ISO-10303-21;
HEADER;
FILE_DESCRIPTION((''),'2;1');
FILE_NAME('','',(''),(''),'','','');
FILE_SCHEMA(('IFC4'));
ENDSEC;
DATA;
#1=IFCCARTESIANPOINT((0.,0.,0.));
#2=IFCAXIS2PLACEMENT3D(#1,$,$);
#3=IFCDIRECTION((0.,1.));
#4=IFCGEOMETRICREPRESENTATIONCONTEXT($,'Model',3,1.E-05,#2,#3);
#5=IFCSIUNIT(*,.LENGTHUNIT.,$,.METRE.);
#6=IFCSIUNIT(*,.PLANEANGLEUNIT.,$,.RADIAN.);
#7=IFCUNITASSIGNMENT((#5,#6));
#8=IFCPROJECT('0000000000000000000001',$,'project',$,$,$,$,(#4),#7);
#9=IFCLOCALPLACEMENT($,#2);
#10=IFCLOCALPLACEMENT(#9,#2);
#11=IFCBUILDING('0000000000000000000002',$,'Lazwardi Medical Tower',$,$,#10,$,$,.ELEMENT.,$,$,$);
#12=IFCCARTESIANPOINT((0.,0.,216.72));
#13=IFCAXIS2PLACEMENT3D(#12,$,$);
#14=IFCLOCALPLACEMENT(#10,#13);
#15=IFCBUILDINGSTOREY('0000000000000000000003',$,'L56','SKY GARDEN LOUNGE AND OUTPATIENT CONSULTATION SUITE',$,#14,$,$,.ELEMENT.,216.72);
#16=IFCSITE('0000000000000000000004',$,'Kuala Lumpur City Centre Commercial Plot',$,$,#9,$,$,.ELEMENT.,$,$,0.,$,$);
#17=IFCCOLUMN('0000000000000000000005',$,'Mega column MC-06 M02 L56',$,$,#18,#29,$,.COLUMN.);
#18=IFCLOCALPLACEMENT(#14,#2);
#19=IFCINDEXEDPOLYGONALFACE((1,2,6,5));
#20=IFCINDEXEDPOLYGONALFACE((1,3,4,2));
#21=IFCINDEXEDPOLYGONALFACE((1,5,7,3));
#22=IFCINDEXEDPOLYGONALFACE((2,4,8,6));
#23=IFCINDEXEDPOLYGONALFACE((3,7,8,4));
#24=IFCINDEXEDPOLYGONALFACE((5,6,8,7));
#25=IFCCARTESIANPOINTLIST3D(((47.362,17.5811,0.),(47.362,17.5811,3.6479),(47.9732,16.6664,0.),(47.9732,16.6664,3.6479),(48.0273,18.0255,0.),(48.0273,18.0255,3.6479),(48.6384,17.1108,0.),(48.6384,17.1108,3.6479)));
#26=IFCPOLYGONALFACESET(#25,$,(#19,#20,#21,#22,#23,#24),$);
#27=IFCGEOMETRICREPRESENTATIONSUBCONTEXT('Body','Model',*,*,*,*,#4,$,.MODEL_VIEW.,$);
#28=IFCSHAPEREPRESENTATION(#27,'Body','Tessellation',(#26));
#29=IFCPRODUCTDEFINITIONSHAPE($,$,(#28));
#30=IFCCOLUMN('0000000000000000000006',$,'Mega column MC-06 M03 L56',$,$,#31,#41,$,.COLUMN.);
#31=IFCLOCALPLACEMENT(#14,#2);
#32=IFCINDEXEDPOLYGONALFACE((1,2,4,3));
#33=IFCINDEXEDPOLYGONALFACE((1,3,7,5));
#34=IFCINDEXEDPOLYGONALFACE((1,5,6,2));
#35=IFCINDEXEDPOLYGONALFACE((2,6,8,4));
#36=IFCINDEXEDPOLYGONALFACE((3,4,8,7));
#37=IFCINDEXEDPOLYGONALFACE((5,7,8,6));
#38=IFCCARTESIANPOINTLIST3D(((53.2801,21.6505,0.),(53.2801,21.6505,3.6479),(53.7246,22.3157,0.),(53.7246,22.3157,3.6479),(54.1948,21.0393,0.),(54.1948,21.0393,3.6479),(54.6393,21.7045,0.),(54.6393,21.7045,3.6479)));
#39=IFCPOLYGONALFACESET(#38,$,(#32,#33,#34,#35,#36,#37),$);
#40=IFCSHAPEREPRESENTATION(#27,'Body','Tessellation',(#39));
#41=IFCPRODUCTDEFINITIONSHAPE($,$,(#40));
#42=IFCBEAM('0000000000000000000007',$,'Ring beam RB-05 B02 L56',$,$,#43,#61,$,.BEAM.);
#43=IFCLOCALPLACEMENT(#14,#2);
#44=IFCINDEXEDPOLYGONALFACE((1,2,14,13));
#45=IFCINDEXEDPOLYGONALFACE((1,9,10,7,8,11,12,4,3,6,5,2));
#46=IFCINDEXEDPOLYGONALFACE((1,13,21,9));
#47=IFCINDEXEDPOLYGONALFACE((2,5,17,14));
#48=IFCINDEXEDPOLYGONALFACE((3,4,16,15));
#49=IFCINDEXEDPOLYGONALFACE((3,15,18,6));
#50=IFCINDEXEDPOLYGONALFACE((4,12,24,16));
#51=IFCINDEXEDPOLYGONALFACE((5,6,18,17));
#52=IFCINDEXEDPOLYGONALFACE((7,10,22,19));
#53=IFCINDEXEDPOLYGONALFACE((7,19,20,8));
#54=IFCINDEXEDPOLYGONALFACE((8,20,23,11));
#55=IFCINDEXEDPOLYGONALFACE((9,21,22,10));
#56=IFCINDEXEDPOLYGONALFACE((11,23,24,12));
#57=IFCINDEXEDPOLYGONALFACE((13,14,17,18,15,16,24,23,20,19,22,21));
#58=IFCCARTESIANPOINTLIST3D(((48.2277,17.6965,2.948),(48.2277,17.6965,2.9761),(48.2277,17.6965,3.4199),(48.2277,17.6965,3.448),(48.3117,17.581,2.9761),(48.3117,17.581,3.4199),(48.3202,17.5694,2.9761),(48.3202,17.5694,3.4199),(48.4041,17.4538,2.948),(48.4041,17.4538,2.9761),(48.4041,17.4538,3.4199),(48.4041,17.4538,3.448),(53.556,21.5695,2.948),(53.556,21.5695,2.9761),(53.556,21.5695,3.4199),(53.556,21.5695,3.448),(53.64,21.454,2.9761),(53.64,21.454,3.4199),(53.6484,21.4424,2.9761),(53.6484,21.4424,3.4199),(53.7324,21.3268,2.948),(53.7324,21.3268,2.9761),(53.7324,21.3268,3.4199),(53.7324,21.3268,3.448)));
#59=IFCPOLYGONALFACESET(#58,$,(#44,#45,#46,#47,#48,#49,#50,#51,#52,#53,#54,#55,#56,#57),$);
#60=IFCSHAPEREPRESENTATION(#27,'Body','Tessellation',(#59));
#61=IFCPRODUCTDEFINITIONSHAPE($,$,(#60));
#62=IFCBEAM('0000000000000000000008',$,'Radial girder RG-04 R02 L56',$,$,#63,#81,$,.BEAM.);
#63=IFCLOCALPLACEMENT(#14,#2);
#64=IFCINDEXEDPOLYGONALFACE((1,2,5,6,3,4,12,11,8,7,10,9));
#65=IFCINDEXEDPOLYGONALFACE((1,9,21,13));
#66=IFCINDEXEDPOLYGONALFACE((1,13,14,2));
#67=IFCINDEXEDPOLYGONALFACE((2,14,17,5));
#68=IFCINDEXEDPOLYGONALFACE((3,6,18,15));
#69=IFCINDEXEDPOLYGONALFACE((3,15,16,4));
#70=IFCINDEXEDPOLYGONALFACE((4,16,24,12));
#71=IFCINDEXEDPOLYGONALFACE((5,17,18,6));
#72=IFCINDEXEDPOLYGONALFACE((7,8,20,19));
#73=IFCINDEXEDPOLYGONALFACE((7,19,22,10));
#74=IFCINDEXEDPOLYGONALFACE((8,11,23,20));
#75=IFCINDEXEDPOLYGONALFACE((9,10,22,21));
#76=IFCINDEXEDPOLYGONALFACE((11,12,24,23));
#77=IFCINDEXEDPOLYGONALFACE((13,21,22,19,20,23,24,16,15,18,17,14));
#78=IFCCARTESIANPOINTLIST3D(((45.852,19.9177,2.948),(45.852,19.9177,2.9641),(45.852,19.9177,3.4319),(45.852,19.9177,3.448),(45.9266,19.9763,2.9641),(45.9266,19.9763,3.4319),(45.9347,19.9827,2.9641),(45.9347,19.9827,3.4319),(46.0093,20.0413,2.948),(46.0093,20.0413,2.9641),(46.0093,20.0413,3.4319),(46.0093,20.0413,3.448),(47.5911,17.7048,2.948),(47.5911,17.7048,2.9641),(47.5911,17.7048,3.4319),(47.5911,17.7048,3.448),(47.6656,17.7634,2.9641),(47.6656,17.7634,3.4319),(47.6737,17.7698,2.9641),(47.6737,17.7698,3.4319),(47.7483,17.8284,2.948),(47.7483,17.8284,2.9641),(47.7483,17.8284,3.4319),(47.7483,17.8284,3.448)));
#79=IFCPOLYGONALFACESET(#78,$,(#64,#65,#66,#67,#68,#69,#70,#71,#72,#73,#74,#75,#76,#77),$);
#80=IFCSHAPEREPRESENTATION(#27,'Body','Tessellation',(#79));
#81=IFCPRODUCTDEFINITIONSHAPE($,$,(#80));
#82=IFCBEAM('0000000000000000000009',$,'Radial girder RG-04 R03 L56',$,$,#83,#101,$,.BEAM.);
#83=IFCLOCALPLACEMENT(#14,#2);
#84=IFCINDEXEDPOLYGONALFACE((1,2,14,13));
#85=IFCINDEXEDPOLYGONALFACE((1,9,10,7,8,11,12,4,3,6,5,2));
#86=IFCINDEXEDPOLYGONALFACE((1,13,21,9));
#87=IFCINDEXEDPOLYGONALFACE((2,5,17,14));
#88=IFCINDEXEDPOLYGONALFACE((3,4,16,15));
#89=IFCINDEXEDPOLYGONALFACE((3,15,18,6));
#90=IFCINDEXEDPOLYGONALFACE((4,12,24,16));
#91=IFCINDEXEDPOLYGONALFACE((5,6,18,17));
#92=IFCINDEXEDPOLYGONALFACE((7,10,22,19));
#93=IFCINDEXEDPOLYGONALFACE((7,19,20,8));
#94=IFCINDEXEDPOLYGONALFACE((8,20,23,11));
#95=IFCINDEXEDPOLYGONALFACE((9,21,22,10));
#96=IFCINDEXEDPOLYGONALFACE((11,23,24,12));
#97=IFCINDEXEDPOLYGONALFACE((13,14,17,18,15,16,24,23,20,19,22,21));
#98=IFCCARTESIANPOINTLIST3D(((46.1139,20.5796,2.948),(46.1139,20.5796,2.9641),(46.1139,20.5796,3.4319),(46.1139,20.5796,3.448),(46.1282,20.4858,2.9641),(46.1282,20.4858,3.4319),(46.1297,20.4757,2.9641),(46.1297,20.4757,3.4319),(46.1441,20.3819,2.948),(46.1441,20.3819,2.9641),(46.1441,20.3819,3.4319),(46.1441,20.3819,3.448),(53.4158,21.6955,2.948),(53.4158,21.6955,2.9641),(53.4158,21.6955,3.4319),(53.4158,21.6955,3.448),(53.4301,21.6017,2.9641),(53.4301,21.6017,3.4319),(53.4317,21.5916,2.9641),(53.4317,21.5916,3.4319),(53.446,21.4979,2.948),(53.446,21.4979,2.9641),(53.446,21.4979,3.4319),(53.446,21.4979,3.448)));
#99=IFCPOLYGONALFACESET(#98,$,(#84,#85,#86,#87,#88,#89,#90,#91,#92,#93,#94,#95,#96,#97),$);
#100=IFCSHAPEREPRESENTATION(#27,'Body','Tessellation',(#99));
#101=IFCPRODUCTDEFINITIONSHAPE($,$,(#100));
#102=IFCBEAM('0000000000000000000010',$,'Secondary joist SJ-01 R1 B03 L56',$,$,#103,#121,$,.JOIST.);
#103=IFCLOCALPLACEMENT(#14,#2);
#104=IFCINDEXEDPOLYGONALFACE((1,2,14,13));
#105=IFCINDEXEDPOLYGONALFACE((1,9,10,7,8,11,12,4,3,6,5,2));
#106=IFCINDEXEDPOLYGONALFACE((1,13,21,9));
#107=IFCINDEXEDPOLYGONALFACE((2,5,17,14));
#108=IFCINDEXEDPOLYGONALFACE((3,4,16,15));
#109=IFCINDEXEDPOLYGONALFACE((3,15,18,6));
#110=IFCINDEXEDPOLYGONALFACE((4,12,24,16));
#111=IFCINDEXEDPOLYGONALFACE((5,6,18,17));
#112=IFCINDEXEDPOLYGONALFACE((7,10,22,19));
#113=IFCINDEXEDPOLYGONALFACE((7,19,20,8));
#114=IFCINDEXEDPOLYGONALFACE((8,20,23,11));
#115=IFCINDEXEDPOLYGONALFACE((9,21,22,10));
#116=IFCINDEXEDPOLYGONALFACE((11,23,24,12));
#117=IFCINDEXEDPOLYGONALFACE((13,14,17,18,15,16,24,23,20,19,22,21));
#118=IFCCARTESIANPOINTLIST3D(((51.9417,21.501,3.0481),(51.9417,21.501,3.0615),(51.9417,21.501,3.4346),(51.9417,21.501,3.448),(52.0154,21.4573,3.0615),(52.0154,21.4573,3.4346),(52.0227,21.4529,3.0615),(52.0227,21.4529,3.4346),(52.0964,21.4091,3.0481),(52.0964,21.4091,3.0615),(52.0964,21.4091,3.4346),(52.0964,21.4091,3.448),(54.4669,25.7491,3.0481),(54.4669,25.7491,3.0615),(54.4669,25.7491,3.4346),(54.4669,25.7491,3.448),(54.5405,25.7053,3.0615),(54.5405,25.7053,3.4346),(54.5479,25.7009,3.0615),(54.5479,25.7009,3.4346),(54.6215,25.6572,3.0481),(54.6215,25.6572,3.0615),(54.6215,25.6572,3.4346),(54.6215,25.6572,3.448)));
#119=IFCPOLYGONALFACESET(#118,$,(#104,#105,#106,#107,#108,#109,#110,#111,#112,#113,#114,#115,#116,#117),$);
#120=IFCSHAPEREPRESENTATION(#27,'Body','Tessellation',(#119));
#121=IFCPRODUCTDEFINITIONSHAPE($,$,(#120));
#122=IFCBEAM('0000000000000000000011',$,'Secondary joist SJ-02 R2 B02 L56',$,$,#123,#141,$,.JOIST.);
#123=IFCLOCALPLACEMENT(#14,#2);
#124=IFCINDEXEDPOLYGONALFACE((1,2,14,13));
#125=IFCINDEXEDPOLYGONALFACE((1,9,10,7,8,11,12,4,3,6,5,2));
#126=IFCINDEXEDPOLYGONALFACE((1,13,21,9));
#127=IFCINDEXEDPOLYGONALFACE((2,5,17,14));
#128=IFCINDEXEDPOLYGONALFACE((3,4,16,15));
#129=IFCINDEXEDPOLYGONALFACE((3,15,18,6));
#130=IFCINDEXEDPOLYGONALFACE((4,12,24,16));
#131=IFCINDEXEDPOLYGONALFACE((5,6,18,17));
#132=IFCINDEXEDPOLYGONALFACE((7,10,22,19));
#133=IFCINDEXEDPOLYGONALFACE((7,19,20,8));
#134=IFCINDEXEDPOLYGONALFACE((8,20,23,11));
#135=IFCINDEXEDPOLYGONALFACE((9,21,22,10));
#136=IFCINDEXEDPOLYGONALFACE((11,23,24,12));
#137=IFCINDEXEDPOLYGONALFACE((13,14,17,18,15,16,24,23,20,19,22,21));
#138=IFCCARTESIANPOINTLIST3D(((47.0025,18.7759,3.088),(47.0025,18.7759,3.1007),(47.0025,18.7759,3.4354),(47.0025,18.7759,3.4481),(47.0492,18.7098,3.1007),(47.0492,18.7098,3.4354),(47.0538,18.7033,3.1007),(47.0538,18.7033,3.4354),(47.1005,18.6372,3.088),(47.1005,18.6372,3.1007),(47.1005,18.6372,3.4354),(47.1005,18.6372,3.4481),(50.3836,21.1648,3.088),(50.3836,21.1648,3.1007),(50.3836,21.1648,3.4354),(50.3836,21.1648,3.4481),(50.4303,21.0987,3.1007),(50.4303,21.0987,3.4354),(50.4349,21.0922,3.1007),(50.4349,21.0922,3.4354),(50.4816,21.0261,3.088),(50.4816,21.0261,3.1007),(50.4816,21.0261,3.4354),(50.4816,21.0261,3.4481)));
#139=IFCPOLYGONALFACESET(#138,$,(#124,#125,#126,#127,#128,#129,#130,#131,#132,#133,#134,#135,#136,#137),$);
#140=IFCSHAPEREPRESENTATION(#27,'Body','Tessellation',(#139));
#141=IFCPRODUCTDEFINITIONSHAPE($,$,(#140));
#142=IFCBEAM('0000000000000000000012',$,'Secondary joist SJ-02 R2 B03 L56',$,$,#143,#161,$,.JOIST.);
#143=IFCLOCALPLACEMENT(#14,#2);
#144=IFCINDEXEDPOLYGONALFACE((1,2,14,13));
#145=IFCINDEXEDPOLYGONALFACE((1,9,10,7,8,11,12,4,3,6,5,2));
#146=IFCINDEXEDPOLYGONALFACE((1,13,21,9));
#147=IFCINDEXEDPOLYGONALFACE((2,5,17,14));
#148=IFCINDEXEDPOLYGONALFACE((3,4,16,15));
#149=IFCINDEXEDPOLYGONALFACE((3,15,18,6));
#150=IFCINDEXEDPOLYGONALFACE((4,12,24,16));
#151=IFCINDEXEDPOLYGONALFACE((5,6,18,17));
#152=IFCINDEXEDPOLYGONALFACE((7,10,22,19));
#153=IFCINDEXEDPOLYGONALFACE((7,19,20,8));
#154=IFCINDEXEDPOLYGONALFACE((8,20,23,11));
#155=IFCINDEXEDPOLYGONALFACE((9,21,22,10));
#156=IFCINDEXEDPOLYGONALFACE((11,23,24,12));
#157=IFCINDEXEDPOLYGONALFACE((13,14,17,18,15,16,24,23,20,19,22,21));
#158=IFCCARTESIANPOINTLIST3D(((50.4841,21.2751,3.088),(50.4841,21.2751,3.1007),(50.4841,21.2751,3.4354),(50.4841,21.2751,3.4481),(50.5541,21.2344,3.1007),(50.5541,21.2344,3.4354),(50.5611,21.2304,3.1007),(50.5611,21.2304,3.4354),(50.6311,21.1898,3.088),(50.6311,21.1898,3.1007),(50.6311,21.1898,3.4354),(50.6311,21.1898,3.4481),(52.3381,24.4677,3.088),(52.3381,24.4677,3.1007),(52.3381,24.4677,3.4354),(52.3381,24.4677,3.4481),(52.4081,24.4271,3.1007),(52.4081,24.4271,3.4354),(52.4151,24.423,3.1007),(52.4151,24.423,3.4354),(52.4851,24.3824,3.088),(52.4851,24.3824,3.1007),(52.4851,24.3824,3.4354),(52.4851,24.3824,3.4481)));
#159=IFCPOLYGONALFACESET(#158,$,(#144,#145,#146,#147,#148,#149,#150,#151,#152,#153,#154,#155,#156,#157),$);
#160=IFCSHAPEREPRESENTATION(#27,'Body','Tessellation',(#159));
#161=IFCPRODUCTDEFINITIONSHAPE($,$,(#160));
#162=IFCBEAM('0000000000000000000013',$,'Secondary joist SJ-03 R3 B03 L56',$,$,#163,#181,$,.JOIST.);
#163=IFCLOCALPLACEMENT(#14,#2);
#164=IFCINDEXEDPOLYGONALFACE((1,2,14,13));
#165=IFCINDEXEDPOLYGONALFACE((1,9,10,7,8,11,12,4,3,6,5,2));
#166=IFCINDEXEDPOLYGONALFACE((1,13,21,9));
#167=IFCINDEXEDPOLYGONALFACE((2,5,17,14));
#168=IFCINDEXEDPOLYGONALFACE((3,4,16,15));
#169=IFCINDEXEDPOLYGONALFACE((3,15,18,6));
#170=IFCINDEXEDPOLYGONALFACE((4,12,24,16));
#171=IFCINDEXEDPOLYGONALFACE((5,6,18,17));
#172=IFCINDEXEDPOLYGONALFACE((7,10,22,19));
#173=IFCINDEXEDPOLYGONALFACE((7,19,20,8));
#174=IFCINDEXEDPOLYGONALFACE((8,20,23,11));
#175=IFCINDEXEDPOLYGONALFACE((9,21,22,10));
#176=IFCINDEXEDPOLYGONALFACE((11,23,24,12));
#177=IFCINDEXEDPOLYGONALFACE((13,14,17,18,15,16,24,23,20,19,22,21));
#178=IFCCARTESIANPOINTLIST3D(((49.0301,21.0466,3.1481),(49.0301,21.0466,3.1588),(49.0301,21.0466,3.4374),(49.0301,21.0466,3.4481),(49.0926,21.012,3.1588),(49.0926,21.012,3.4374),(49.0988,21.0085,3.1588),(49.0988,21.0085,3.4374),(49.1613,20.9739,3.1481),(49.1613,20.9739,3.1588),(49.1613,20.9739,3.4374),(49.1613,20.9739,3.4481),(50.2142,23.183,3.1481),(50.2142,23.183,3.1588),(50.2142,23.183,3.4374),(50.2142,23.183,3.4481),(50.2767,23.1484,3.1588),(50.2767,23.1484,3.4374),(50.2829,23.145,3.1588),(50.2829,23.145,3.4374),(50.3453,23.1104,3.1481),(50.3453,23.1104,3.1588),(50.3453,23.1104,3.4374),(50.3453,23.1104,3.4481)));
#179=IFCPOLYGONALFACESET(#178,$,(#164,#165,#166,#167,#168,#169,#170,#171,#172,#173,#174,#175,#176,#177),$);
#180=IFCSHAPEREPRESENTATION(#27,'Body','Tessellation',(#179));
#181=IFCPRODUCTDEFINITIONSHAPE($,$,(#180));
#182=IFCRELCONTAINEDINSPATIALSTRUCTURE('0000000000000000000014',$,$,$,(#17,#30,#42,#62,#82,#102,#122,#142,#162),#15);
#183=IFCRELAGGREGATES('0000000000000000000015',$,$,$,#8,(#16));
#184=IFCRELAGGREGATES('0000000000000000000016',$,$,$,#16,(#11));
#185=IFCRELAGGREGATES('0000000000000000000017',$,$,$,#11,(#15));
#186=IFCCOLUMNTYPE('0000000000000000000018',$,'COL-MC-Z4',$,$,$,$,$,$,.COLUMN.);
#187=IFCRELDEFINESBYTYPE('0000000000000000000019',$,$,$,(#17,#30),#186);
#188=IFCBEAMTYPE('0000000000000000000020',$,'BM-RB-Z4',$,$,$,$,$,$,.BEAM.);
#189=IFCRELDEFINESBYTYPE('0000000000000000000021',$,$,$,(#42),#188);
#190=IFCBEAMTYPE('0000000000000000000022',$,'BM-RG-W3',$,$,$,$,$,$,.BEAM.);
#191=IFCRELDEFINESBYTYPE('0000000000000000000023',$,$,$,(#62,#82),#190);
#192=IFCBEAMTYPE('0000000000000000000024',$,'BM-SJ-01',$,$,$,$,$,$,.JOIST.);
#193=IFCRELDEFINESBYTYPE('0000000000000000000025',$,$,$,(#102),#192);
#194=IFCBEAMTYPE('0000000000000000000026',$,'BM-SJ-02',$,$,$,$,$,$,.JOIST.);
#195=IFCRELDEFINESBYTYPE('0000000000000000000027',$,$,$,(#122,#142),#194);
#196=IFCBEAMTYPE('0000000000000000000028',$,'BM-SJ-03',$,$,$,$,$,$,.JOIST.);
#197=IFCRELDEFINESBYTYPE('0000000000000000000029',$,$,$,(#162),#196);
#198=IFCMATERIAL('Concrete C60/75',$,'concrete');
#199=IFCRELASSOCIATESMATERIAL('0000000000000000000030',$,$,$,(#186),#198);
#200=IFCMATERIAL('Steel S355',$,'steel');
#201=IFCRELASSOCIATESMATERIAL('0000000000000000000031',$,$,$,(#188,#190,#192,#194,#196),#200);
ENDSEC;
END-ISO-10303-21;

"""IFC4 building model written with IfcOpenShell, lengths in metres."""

from ifc_helpers import new_model, si_unit, direction, frame, origin, origin_2d, place, context, subcontext, project, spatial, rectangle, i_section, extrude, material, material_profile, profile_set, type_object, element, save


model = new_model("IFC4")

# Units and contexts
model_context = context("Model", 3, precision=1e-05, world=origin(), true_north=direction((0.0, 1.0)))
body_context = subcontext(model_context, "Body", "Model", "MODEL_VIEW")
ifc_project = project(units=[si_unit("LENGTHUNIT", "METRE"), si_unit("PLANEANGLEUNIT", "RADIAN")], contexts=[model_context])

# Site, building, storey
site_placement = place(None, origin())
site = spatial("IfcSite", under=ifc_project, at=site_placement, Name="Kuala Lumpur City Centre Commercial Plot", CompositionType="ELEMENT", RefElevation=0.0)
building_placement = place(site_placement, origin())
building = spatial("IfcBuilding", under=site, at=building_placement, Name="Lazwardi Medical Tower", CompositionType="ELEMENT")
storey_placement = place(building_placement, frame((0.0, 0.0, 216.72)))
storey = spatial("IfcBuildingStorey", under=building, at=storey_placement, Name="L56", Description="SKY GARDEN LOUNGE AND OUTPATIENT CONSULTATION SUITE", CompositionType="ELEMENT", Elevation=216.72)

# Columns
ifc_material_1 = material(Name="Concrete C60/75", Category="concrete")
ifc_material_profile_1 = material_profile(ifc_material_1, rectangle(XDim=1.1001, YDim=0.8, at=origin_2d()), Name="CFT-RECT 1100x800")
ifc_profile_set_1 = profile_set([ifc_material_profile_1], Name="Concrete C60/75")
column_type = type_object("IfcColumnType", Name="COL-MC-Z4", PredefinedType="COLUMN", material=ifc_profile_set_1)
for number, where, z_axis, x_axis, name in (
    (1, (48.0002, 17.3459, 0.0), (0.0, 0.0, 1.0), (0.55557, -0.83147, 0.0), "Mega column MC-06 M02 L56"),
    (2, (53.9597, 21.6775, 0.0), (0.0, 0.0, 1.0), (0.83147, -0.55557, 0.0), "Mega column MC-06 M03 L56"),
):
    element("IfcColumn", number, at=place(storey_placement, frame(where, z_axis=z_axis, x_axis=x_axis)), inside=storey, type_object=column_type, Name=name, PredefinedType="COLUMN", context=body_context, shape_type="SweptSolid", body=[
        extrude(rectangle(XDim=1.1001, YDim=0.8, at=origin_2d()), origin(), (0.0, 0.0, 1.0), 3.6479),
    ])

# Beams
ifc_material_2 = material(Name="Steel S355", Category="steel")
ifc_material_profile_2 = material_profile(ifc_material_2, i_section(OverallWidth=0.3, OverallDepth=0.5, WebThickness=0.0144, FlangeThickness=0.0281, at=origin_2d()), Name="HEB 500")
ifc_profile_set_2 = profile_set([ifc_material_profile_2], Name="Steel S355")
beam_type_1 = type_object("IfcBeamType", Name="BM-RB-Z4", PredefinedType="BEAM", material=ifc_profile_set_2)
beam_1_placement = place(storey_placement, frame((48.3159, 17.5752, 3.198), z_axis=(0.80889, 0.58796, 0.0), x_axis=(-0.58796, 0.80889, 0.0)))
element("IfcBeam", 3, at=beam_1_placement, inside=storey, type_object=beam_type_1, Name="Ring beam RB-05 B02 L56", PredefinedType="BEAM", context=body_context, shape_type="SweptSolid", body=[
    extrude(i_section(OverallWidth=0.3, OverallDepth=0.5, WebThickness=0.0144, FlangeThickness=0.0281, at=origin_2d()), origin(), (0.0, 0.0, 1.0), 6.5872),
])
ifc_material_profile_3 = material_profile(ifc_material_2, i_section(OverallWidth=0.2, OverallDepth=0.5, WebThickness=0.0103, FlangeThickness=0.0161, at=origin_2d()), Name="IPE 500")
ifc_profile_set_3 = profile_set([ifc_material_profile_3], Name="Steel S355")
beam_type_2 = type_object("IfcBeamType", Name="BM-RG-W3", PredefinedType="BEAM", material=ifc_profile_set_3)
beam_2_placement = place(storey_placement, frame((47.6697, 17.7666, 3.198), z_axis=(-0.617891, 0.786264, 0.0), x_axis=(-0.786264, -0.617891, 0.0)))
element("IfcBeam", 4, at=beam_2_placement, inside=storey, type_object=beam_type_2, Name="Radial girder RG-04 R02 L56", PredefinedType="BEAM", context=body_context, shape_type="SweptSolid", body=[
    extrude(i_section(OverallWidth=0.2, OverallDepth=0.5, WebThickness=0.0103, FlangeThickness=0.0161, at=origin_2d()), origin(), (0.0, 0.0, 1.0), 2.8145),
])
beam_3_placement = place(storey_placement, frame((53.4309, 21.5967, 3.198), z_axis=(-0.988522, -0.151076, 0.0), x_axis=(0.151076, -0.988522, 0.0)))
element("IfcBeam", 5, at=beam_3_placement, inside=storey, type_object=beam_type_2, Name="Radial girder RG-04 R03 L56", PredefinedType="BEAM", context=body_context, shape_type="SweptSolid", body=[
    extrude(i_section(OverallWidth=0.2, OverallDepth=0.5, WebThickness=0.0103, FlangeThickness=0.0161, at=origin_2d()), origin(), (0.0, 0.0, 1.0), 7.3867),
])
ifc_material_profile_4 = material_profile(ifc_material_2, i_section(OverallWidth=0.1799, OverallDepth=0.3999, WebThickness=0.0085, FlangeThickness=0.0134, at=origin_2d()), Name="IPE 400")
ifc_profile_set_4 = profile_set([ifc_material_profile_4], Name="Steel S355")
beam_type_3 = type_object("IfcBeamType", Name="BM-SJ-01", PredefinedType="JOIST", material=ifc_profile_set_4)
beam_4_placement = place(storey_placement, frame((52.019, 21.4551, 3.248), z_axis=(0.510968, 0.8596, 0.0), x_axis=(-0.8596, 0.510968, 0.0)))
element("IfcBeam", 6, at=beam_4_placement, inside=storey, type_object=beam_type_3, Name="Secondary joist SJ-01 R1 B03 L56", PredefinedType="JOIST", context=body_context, shape_type="SweptSolid", body=[
    extrude(i_section(OverallWidth=0.1799, OverallDepth=0.3999, WebThickness=0.0085, FlangeThickness=0.0134, at=origin_2d()), origin(), (0.0, 0.0, 1.0), 4.9419),
])
ifc_material_profile_5 = material_profile(ifc_material_2, i_section(OverallWidth=0.1699, OverallDepth=0.3601, WebThickness=0.0081, FlangeThickness=0.0127, at=origin_2d()), Name="IPE 360")
ifc_profile_set_5 = profile_set([ifc_material_profile_5], Name="Steel S355")
beam_type_4 = type_object("IfcBeamType", Name="BM-SJ-02", PredefinedType="JOIST", material=ifc_profile_set_5)
beam_5_placement = place(storey_placement, frame((47.0515, 18.7065, 3.2681), z_axis=(0.816711, 0.577047, 0.0), x_axis=(-0.577047, 0.816711, 0.0)))
element("IfcBeam", 7, at=beam_5_placement, inside=storey, type_object=beam_type_4, Name="Secondary joist SJ-02 R2 B02 L56", PredefinedType="JOIST", context=body_context, shape_type="SweptSolid", body=[
    extrude(i_section(OverallWidth=0.1699, OverallDepth=0.3601, WebThickness=0.0081, FlangeThickness=0.0127, at=origin_2d()), origin(), (0.0, 0.0, 1.0), 4.1399),
])
beam_6_placement = place(storey_placement, frame((50.5576, 21.2324, 3.2681), z_axis=(0.50218, 0.864763, 0.0), x_axis=(-0.864763, 0.50218, 0.0)))
element("IfcBeam", 8, at=beam_6_placement, inside=storey, type_object=beam_type_4, Name="Secondary joist SJ-02 R2 B03 L56", PredefinedType="JOIST", context=body_context, shape_type="SweptSolid", body=[
    extrude(i_section(OverallWidth=0.1699, OverallDepth=0.3601, WebThickness=0.0081, FlangeThickness=0.0127, at=origin_2d()), origin(), (0.0, 0.0, 1.0), 3.6919),
])
ifc_material_profile_6 = material_profile(ifc_material_2, i_section(OverallWidth=0.1499, OverallDepth=0.3, WebThickness=0.0071, FlangeThickness=0.0107, at=origin_2d()), Name="IPE 300")
ifc_profile_set_6 = profile_set([ifc_material_profile_6], Name="Steel S355")
beam_type_5 = type_object("IfcBeamType", Name="BM-SJ-03", PredefinedType="JOIST", material=ifc_profile_set_6)
beam_7_placement = place(storey_placement, frame((49.0957, 21.0103, 3.2981), z_axis=(0.484752, 0.874652, 0.0), x_axis=(-0.874652, 0.484752, 0.0)))
element("IfcBeam", 9, at=beam_7_placement, inside=storey, type_object=beam_type_5, Name="Secondary joist SJ-03 R3 B03 L56", PredefinedType="JOIST", context=body_context, shape_type="SweptSolid", body=[
    extrude(i_section(OverallWidth=0.1499, OverallDepth=0.3, WebThickness=0.0071, FlangeThickness=0.0107, at=origin_2d()), origin(), (0.0, 0.0, 1.0), 2.4426),
])

save(model, "model.ifc")
